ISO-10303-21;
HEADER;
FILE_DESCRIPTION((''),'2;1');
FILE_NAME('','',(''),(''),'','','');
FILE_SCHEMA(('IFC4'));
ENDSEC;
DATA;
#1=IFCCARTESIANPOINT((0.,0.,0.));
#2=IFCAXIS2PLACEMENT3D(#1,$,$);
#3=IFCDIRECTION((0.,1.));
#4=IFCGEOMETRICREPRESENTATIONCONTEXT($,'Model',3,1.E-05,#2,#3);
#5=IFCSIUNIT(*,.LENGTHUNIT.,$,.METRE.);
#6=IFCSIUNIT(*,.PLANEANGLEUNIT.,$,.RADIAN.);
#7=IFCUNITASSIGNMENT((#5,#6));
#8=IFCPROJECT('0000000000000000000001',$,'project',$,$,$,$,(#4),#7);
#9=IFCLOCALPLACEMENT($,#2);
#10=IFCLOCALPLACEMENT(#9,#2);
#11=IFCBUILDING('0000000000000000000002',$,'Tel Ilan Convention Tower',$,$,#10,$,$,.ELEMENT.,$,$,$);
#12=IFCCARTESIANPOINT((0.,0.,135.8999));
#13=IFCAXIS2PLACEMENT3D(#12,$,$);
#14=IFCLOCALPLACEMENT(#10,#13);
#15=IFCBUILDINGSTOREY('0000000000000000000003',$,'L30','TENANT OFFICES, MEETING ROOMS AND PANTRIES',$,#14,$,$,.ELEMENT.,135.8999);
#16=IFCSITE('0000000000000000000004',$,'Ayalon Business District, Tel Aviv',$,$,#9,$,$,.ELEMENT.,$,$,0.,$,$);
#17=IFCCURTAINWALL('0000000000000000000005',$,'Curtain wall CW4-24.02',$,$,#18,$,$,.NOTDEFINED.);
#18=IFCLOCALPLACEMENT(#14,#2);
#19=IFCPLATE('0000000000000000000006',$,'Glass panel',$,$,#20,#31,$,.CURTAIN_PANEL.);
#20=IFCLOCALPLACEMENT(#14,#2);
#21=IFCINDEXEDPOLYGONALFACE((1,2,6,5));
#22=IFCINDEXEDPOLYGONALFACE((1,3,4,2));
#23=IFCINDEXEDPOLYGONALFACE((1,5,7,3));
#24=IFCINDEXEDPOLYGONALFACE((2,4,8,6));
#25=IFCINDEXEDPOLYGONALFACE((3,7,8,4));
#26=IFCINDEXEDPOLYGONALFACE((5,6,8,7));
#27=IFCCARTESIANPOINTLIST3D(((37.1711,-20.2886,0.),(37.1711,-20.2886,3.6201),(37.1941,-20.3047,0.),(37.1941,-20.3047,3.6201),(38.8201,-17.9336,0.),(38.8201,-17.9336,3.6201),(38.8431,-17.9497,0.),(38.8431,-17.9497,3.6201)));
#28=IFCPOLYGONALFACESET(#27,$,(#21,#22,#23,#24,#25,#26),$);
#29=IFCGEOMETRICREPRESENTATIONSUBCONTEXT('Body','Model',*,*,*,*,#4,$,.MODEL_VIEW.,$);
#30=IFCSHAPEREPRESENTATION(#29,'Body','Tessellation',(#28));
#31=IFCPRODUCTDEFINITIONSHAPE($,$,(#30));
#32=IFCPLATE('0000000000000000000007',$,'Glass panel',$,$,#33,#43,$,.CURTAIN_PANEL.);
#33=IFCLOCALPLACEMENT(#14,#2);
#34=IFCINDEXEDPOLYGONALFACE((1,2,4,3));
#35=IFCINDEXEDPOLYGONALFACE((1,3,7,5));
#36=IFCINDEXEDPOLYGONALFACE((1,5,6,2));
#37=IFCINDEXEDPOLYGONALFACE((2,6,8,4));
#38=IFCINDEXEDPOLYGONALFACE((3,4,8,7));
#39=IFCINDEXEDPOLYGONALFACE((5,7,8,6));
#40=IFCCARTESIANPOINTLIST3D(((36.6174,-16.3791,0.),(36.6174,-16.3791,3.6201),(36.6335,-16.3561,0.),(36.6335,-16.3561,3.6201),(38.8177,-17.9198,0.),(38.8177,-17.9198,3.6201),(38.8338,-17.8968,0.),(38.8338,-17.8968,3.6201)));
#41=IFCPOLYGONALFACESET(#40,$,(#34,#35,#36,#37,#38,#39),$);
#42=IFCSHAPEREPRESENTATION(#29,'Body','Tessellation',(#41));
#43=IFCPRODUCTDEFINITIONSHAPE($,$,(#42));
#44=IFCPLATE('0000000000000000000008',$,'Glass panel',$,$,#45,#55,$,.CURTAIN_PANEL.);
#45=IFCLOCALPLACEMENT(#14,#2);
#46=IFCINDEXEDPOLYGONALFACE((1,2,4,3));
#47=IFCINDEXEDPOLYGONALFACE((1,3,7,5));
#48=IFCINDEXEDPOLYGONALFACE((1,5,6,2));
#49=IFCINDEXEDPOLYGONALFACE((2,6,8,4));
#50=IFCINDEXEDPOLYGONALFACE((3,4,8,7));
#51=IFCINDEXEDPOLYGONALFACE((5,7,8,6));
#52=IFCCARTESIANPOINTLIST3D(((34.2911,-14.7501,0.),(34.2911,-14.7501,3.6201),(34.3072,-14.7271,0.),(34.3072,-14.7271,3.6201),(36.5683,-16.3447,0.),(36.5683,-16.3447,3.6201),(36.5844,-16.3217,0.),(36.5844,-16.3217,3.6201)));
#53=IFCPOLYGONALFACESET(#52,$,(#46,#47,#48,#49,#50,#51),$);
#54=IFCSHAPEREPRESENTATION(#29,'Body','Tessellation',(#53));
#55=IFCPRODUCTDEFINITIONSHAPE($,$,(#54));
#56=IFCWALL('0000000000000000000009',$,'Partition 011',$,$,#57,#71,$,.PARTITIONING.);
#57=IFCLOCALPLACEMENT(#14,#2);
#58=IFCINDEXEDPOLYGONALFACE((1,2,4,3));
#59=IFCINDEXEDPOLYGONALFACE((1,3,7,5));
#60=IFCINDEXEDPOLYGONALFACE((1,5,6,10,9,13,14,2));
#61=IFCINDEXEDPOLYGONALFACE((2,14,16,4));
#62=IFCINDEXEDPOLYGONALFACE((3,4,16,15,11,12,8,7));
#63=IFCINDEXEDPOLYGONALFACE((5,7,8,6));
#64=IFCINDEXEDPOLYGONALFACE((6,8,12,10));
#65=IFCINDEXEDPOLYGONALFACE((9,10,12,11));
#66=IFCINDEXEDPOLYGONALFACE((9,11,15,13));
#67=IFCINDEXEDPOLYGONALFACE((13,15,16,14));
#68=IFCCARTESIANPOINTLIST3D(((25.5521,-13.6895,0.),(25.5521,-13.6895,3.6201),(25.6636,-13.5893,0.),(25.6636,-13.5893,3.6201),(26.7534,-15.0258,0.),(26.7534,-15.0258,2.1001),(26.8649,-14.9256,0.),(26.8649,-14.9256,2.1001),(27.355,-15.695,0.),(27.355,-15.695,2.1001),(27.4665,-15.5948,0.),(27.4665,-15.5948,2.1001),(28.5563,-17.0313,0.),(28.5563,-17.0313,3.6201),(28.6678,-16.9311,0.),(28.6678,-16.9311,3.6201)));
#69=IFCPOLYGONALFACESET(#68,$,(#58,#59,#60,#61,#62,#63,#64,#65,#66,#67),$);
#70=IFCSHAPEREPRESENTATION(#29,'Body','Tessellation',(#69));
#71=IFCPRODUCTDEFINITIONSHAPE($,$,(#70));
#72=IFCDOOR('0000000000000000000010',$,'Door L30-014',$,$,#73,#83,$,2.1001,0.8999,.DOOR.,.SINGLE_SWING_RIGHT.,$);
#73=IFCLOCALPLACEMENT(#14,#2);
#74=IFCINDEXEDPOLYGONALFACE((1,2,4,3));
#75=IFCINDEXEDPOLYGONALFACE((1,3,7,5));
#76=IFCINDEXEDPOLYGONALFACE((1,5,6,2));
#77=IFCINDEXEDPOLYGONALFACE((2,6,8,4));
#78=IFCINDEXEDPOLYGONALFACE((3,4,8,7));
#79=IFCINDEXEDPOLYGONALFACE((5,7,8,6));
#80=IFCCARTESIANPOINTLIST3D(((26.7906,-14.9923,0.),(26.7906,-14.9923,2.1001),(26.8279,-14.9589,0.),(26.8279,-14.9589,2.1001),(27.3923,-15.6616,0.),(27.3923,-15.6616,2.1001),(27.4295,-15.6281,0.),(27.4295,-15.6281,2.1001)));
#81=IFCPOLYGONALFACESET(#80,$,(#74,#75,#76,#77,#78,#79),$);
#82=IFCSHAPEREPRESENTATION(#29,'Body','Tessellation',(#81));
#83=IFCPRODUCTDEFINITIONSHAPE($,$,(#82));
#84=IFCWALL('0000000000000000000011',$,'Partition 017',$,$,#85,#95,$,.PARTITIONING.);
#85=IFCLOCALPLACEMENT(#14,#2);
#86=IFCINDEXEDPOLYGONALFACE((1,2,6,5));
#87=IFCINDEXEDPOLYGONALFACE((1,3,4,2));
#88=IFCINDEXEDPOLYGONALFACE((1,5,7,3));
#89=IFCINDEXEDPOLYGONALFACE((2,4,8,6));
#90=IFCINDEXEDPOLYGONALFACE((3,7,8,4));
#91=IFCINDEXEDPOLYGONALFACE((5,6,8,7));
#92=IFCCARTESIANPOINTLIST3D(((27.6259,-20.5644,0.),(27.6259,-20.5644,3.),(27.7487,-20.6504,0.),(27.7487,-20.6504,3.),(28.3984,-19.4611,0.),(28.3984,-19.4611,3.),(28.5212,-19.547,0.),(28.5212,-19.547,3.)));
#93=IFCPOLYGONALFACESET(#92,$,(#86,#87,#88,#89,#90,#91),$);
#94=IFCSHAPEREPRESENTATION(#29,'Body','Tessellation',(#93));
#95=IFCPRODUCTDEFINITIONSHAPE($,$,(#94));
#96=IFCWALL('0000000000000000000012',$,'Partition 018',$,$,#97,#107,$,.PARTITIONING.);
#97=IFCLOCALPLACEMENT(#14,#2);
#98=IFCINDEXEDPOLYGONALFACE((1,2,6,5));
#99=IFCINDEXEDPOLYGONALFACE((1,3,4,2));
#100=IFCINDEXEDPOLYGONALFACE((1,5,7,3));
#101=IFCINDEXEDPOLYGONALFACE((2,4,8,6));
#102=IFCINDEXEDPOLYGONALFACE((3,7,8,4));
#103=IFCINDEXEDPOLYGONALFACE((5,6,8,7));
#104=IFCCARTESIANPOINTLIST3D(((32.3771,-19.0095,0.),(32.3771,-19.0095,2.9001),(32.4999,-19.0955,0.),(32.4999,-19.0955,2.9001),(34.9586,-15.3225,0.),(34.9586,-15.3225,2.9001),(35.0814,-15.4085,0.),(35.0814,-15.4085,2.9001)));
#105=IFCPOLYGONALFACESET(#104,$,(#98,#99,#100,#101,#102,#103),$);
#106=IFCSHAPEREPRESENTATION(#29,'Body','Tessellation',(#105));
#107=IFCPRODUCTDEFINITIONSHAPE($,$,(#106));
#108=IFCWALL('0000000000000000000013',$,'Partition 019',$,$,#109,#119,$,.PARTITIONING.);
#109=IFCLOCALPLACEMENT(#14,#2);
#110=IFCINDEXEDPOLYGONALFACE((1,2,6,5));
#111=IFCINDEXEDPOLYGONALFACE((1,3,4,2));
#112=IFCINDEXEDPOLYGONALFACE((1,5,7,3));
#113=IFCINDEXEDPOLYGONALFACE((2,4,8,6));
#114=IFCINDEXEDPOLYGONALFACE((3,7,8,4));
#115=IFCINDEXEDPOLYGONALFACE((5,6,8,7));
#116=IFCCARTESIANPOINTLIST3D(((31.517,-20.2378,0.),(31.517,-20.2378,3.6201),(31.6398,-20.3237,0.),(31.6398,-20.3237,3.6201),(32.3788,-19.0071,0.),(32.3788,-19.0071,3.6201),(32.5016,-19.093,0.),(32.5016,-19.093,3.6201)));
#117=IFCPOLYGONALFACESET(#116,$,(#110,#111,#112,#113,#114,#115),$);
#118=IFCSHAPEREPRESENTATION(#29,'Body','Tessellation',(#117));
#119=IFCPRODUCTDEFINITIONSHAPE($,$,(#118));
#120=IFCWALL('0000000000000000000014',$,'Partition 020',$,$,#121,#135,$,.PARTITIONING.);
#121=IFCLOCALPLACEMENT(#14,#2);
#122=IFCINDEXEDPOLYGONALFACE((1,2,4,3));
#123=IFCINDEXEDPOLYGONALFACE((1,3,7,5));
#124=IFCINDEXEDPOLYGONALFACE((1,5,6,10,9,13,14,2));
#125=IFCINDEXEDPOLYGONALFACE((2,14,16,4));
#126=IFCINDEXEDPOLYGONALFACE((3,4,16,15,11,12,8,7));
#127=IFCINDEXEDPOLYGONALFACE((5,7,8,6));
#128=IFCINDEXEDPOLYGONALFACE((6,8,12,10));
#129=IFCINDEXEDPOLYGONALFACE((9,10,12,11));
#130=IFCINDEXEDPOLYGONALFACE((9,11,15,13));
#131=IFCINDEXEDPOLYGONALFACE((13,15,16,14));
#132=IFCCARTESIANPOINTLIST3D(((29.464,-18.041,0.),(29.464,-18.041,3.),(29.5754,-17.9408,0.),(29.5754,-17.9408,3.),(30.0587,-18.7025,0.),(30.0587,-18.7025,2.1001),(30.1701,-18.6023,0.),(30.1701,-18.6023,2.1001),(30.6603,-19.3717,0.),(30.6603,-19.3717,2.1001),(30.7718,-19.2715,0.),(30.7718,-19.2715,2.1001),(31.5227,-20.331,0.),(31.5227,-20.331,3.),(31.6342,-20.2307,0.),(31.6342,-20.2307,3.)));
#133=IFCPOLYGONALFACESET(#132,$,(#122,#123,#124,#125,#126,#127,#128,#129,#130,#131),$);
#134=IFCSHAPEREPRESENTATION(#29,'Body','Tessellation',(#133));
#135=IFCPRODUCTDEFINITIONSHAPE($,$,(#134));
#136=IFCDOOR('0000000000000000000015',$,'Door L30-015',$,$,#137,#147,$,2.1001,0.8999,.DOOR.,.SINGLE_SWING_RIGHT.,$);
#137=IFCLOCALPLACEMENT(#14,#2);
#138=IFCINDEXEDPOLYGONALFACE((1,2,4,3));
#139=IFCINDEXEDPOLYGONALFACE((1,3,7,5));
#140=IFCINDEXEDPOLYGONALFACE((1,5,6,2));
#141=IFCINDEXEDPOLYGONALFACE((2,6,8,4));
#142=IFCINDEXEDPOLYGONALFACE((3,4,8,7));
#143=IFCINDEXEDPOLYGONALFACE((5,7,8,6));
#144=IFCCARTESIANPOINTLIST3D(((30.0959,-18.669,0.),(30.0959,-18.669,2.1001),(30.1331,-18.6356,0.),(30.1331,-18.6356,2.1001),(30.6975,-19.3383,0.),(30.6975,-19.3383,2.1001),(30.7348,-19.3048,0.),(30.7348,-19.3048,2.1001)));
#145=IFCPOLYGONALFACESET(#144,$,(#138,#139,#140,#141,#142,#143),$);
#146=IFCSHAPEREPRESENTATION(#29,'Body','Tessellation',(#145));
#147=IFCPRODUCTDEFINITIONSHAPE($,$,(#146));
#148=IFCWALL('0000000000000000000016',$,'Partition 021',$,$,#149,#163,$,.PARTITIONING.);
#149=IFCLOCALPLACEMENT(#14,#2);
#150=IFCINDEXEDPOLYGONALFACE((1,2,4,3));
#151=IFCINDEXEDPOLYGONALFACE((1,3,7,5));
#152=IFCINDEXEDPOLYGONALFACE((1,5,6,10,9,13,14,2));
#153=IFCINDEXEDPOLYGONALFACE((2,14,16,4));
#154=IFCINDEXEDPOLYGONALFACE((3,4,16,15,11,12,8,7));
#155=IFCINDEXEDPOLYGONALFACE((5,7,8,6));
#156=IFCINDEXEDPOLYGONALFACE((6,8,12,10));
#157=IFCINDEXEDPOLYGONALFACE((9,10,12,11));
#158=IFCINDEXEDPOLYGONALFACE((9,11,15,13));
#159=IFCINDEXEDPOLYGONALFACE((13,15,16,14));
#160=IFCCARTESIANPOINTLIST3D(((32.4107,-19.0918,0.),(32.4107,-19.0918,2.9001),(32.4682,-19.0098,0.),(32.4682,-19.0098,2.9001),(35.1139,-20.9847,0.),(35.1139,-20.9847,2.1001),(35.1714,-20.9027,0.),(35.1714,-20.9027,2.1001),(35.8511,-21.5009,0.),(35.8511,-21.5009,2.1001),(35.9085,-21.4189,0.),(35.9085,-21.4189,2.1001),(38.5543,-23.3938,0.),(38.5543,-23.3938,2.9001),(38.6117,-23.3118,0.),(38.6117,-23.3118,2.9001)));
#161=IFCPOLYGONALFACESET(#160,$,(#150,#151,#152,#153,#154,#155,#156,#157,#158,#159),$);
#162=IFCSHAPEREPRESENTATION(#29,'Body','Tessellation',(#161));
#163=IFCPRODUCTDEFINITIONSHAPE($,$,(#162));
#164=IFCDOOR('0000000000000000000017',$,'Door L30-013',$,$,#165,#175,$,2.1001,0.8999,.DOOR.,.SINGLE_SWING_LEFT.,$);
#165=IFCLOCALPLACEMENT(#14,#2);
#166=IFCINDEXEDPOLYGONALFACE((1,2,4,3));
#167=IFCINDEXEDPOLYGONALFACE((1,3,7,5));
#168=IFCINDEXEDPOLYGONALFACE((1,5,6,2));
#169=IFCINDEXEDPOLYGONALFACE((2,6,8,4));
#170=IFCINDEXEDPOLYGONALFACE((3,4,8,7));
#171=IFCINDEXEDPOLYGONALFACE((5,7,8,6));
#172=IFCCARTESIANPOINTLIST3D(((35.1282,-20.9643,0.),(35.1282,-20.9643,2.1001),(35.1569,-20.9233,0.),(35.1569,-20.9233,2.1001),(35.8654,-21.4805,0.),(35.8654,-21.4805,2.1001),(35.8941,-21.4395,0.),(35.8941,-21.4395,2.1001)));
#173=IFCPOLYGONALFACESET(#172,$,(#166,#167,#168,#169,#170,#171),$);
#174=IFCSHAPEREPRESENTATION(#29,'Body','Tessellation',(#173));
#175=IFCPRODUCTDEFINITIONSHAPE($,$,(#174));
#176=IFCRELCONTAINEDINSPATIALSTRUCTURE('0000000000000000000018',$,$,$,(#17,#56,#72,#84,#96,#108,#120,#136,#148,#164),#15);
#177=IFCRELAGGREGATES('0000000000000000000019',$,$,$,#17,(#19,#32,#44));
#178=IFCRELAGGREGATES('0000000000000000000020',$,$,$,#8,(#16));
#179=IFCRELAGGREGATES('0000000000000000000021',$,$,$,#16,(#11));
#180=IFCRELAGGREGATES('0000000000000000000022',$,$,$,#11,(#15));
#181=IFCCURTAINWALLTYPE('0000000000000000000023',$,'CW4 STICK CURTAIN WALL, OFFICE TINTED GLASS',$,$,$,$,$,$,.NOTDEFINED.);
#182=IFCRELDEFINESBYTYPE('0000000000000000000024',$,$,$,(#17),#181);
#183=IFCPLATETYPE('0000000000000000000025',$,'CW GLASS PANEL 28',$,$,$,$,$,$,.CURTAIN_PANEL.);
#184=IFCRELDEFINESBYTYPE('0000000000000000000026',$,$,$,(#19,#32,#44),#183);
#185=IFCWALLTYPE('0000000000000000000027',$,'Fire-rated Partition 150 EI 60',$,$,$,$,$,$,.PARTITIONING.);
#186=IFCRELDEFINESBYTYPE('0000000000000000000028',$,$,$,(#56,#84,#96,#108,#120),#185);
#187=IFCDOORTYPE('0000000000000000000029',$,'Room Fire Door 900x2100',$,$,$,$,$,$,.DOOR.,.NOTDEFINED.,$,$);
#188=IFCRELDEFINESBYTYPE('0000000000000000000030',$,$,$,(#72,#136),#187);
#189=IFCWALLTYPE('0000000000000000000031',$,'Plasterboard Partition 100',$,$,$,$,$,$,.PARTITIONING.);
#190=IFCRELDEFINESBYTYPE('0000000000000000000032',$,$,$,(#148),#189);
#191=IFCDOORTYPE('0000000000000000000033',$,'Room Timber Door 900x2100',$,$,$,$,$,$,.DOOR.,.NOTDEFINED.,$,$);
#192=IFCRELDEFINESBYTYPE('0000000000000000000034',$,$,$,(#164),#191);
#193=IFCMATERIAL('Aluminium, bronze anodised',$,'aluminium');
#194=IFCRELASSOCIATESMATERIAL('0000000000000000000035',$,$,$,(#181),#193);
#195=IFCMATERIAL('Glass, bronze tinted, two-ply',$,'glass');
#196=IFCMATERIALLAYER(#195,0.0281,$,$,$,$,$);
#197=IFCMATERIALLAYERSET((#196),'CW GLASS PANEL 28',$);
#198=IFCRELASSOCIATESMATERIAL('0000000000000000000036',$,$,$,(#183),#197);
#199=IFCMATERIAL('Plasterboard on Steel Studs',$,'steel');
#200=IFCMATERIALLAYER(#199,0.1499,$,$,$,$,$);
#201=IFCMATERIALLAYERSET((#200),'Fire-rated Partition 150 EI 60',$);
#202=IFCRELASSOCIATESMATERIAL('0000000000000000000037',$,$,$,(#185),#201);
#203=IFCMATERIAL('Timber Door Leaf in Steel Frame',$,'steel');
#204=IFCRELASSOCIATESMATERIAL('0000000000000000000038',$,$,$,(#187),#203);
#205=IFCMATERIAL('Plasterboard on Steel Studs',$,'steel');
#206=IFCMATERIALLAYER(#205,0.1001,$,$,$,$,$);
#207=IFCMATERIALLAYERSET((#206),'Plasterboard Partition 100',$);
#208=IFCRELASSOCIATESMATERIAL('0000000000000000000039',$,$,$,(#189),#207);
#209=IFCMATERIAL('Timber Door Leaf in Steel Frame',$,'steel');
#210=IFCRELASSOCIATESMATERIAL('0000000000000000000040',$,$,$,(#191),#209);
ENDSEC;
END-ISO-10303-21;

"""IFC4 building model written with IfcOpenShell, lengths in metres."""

from ifc_helpers import new_model, si_unit, direction, frame, frame_2d, origin, origin_2d, place, context, subcontext, project, spatial, rectangle, extrude, material, layer, layer_set, type_object, element, fill, aggregate, save


model = new_model("IFC4")

# Units and contexts
model_context = context("Model", 3, precision=1e-05, world=origin(), true_north=direction((0.0, 1.0)))
body_context = subcontext(model_context, "Body", "Model", "MODEL_VIEW")
ifc_project = project(units=[si_unit("LENGTHUNIT", "METRE"), si_unit("PLANEANGLEUNIT", "RADIAN")], contexts=[model_context])

# Site, building, storey
site_placement = place(None, origin())
site = spatial("IfcSite", under=ifc_project, at=site_placement, Name="Ayalon Business District, Tel Aviv", CompositionType="ELEMENT", RefElevation=0.0)
building_placement = place(site_placement, origin())
building = spatial("IfcBuilding", under=site, at=building_placement, Name="Tel Ilan Convention Tower", CompositionType="ELEMENT")
storey_placement = place(building_placement, frame((0.0, 0.0, 135.8999)))
storey = spatial("IfcBuildingStorey", under=building, at=storey_placement, Name="L30", Description="TENANT OFFICES, MEETING ROOMS AND PANTRIES", CompositionType="ELEMENT", Elevation=135.8999)

# Curtain wall, plates
ifc_material_1 = material(Name="Aluminium, bronze anodised", Category="aluminium")
curtain_wall_type = type_object("IfcCurtainWallType", Name="CW4 STICK CURTAIN WALL, OFFICE TINTED GLASS", PredefinedType="NOTDEFINED", material=ifc_material_1)
curtain_wall_placement = place(storey_placement, origin())
curtain_wall = element("IfcCurtainWall", 1, at=curtain_wall_placement, inside=storey, type_object=curtain_wall_type, Name="Curtain wall CW4-24.02", PredefinedType="NOTDEFINED")
ifc_material_2 = material(Name="Glass, bronze tinted, two-ply", Category="glass")
ifc_layer_1 = layer(ifc_material_2, 0.0281)
ifc_layer_set_1 = layer_set([ifc_layer_1], Name="CW GLASS PANEL 28")
plate_type = type_object("IfcPlateType", Name="CW GLASS PANEL 28", PredefinedType="CURTAIN_PANEL", material=ifc_layer_set_1)
plate_1_placement = place(storey_placement, frame((38.0071, -19.1191, 0.0), z_axis=(0.0, 0.0, 1.0), x_axis=(0.573576, 0.819152, 0.0)))
plate_1 = element("IfcPlate", 2, at=plate_1_placement, type_object=plate_type, Name="Glass panel", PredefinedType="CURTAIN_PANEL", context=body_context, shape_type="SweptSolid", body=[
    extrude(rectangle(XDim=2.875, YDim=0.0281, at=origin_2d()), origin(), (0.0, 0.0, 1.0), 3.6201),
])
plate_2_placement = place(storey_placement, frame((37.7256, -17.1379, 0.0), z_axis=(0.0, 0.0, 1.0), x_axis=(-0.819152, 0.573576, 0.0)))
plate_2 = element("IfcPlate", 3, at=plate_2_placement, type_object=plate_type, Name="Glass panel", PredefinedType="CURTAIN_PANEL", context=body_context, shape_type="SweptSolid", body=[
    extrude(rectangle(XDim=2.686, YDim=0.0281, at=origin_2d()), origin(), (0.0, 0.0, 1.0), 3.6201),
])
plate_3_placement = place(storey_placement, frame((35.4377, -15.5359, 0.0), z_axis=(0.0, 0.0, 1.0), x_axis=(-0.819152, 0.573576, 0.0)))
plate_3 = element("IfcPlate", 4, at=plate_3_placement, type_object=plate_type, Name="Glass panel", PredefinedType="CURTAIN_PANEL", context=body_context, shape_type="SweptSolid", body=[
    extrude(rectangle(XDim=2.78, YDim=0.0281, at=origin_2d()), origin(), (0.0, 0.0, 1.0), 3.6201),
])
aggregate(curtain_wall, [plate_1, plate_2, plate_3])

# Wall, opening, door
ifc_material_3 = material(Name="Plasterboard on Steel Studs", Category="steel")
ifc_layer_2 = layer(ifc_material_3, 0.1499)
ifc_layer_set_2 = layer_set([ifc_layer_2], Name="Fire-rated Partition 150 EI 60")
wall_type_1 = type_object("IfcWallType", Name="Fire-rated Partition 150 EI 60", PredefinedType="PARTITIONING", material=ifc_layer_set_2)
wall_1_placement = place(storey_placement, frame((28.6121, -16.9812, 0.0), z_axis=(0.0, 0.0, 1.0), x_axis=(-0.668538, 0.743678, 0.0)))
wall_1 = element("IfcWall", 5, at=wall_1_placement, inside=storey, type_object=wall_type_1, Name="Partition 011", PredefinedType="PARTITIONING", context=body_context, shape_type="SweptSolid", body=[
    extrude(rectangle(XDim=4.4937, YDim=0.1499, at=frame_2d((2.2468, 0.0))), origin(), (0.0, 0.0, 1.0), 3.6201),
])
opening_1_placement = place(wall_1_placement, frame((1.7969, 0.0, 0.0)))
opening_1 = element("IfcOpeningElement", 6, at=opening_1_placement, cuts=wall_1, PredefinedType="OPENING", context=body_context, shape_type="SweptSolid", body=[
    extrude(rectangle(XDim=0.8999, YDim=2.1001, at=frame_2d((0.45, 1.05))), frame((0.0, 0.085, 0.0), z_axis=(0.0, -1.0, 0.0), x_axis=(1.0, 0.0, 0.0)), (0.0, 0.0, 1.0), 0.1699),
])
ifc_material_4 = material(Name="Timber Door Leaf in Steel Frame", Category="steel")
door_type_1 = type_object("IfcDoorType", Name="Room Fire Door 900x2100", OperationType="NOTDEFINED", PredefinedType="DOOR", material=ifc_material_4)
door_1_placement = place(opening_1_placement, origin())
door_1 = element("IfcDoor", 7, at=door_1_placement, inside=storey, type_object=door_type_1, Name="Door L30-014", OperationType="SINGLE_SWING_RIGHT", OverallHeight=2.1001, OverallWidth=0.8999, PredefinedType="DOOR", context=body_context, shape_type="SweptSolid", body=[
    extrude(rectangle(XDim=0.8999, YDim=2.1001, at=frame_2d((0.45, 1.05))), frame((0.0, 0.0249, 0.0), z_axis=(0.0, -1.0, 0.0), x_axis=(1.0, 0.0, 0.0)), (0.0, 0.0, 1.0), 0.05),
])
fill(opening_1, door_1)

# Walls
wall_2_placement = place(storey_placement, frame((28.4597, -19.5042, 0.0), z_axis=(0.0, 0.0, 1.0), x_axis=(-0.573548, -0.819172, 0.0)))
element("IfcWall", 8, at=wall_2_placement, inside=storey, type_object=wall_type_1, Name="Partition 017", PredefinedType="PARTITIONING", context=body_context, shape_type="SweptSolid", body=[
    extrude(rectangle(XDim=1.3469, YDim=0.1499, at=frame_2d((0.6733, 0.0))), origin(), (0.0, 0.0, 1.0), 3.0),
])
wall_3_placement = place(storey_placement, frame((35.02, -15.3655, 0.0), z_axis=(0.0, 0.0, 1.0), x_axis=(-0.573557, -0.819166, 0.0)))
element("IfcWall", 9, at=wall_3_placement, inside=storey, type_object=wall_type_1, Name="Partition 018", PredefinedType="PARTITIONING", context=body_context, shape_type="SweptSolid", body=[
    extrude(rectangle(XDim=4.501, YDim=0.1499, at=frame_2d((2.2505, 0.0))), origin(), (0.0, 0.0, 1.0), 2.9001),
])
wall_4_placement = place(storey_placement, frame((32.4402, -19.05, 0.0), z_axis=(0.0, 0.0, 1.0), x_axis=(-0.573604, -0.819133, 0.0)))
element("IfcWall", 10, at=wall_4_placement, inside=storey, type_object=wall_type_1, Name="Partition 019", PredefinedType="PARTITIONING", context=body_context, shape_type="SweptSolid", body=[
    extrude(rectangle(XDim=1.5024, YDim=0.1499, at=frame_2d((0.7512, 0.0))), origin(), (0.0, 0.0, 1.0), 3.6201),
])

# Walls, openings, doors
wall_5_placement = place(storey_placement, frame((31.5784, -20.2808, 0.0), z_axis=(0.0, 0.0, 1.0), x_axis=(-0.66857, 0.743649, 0.0)))
wall_5 = element("IfcWall", 11, at=wall_5_placement, inside=storey, type_object=wall_type_1, Name="Partition 020", PredefinedType="PARTITIONING", context=body_context, shape_type="SweptSolid", body=[
    extrude(rectangle(XDim=3.0793, YDim=0.1499, at=frame_2d((1.5396, 0.0))), origin(), (0.0, 0.0, 1.0), 3.0),
])
opening_2_placement = place(wall_5_placement, frame((1.2898, 0.0, 0.0)))
opening_2 = element("IfcOpeningElement", 12, at=opening_2_placement, cuts=wall_5, PredefinedType="OPENING", context=body_context, shape_type="SweptSolid", body=[
    extrude(rectangle(XDim=0.8999, YDim=2.1001, at=frame_2d((0.45, 1.05))), frame((0.0, 0.085, 0.0), z_axis=(0.0, -1.0, 0.0), x_axis=(1.0, 0.0, 0.0)), (0.0, 0.0, 1.0), 0.1699),
])
door_2_placement = place(opening_2_placement, origin())
door_2 = element("IfcDoor", 13, at=door_2_placement, inside=storey, type_object=door_type_1, Name="Door L30-015", OperationType="SINGLE_SWING_RIGHT", OverallHeight=2.1001, OverallWidth=0.8999, PredefinedType="DOOR", context=body_context, shape_type="SweptSolid", body=[
    extrude(rectangle(XDim=0.8999, YDim=2.1001, at=frame_2d((0.45, 1.05))), frame((0.0, 0.0249, 0.0), z_axis=(0.0, -1.0, 0.0), x_axis=(1.0, 0.0, 0.0)), (0.0, 0.0, 1.0), 0.05),
])
fill(opening_2, door_2)
ifc_material_5 = material(Name="Plasterboard on Steel Studs", Category="steel")
ifc_layer_3 = layer(ifc_material_5, 0.1001)
ifc_layer_set_3 = layer_set([ifc_layer_3], Name="Plasterboard Partition 100")
wall_type_2 = type_object("IfcWallType", Name="Plasterboard Partition 100", PredefinedType="PARTITIONING", material=ifc_layer_set_3)
wall_6_placement = place(storey_placement, frame((32.4395, -19.0508, 0.0), z_axis=(0.0, 0.0, 1.0), x_axis=(0.819137, -0.573598, 0.0)))
wall_6 = element("IfcWall", 14, at=wall_6_placement, inside=storey, type_object=wall_type_2, Name="Partition 021", PredefinedType="PARTITIONING", context=body_context, shape_type="SweptSolid", body=[
    extrude(rectangle(XDim=7.5, YDim=0.1001, at=frame_2d((3.75, 0.0))), origin(), (0.0, 0.0, 1.0), 2.9001),
])
opening_3_placement = place(wall_6_placement, frame((3.3, 0.0, 0.0)))
opening_3 = element("IfcOpeningElement", 15, at=opening_3_placement, cuts=wall_6, PredefinedType="OPENING", context=body_context, shape_type="SweptSolid", body=[
    extrude(rectangle(XDim=0.8999, YDim=2.1001, at=frame_2d((0.45, 1.05))), frame((0.0, 0.0601, 0.0), z_axis=(0.0, -1.0, 0.0), x_axis=(1.0, 0.0, 0.0)), (0.0, 0.0, 1.0), 0.1201),
])
ifc_material_6 = material(Name="Timber Door Leaf in Steel Frame", Category="steel")
door_type_2 = type_object("IfcDoorType", Name="Room Timber Door 900x2100", OperationType="NOTDEFINED", PredefinedType="DOOR", material=ifc_material_6)
door_3_placement = place(opening_3_placement, origin())
door_3 = element("IfcDoor", 16, at=door_3_placement, inside=storey, type_object=door_type_2, Name="Door L30-013", OperationType="SINGLE_SWING_LEFT", OverallHeight=2.1001, OverallWidth=0.8999, PredefinedType="DOOR", context=body_context, shape_type="SweptSolid", body=[
    extrude(rectangle(XDim=0.8999, YDim=2.1001, at=frame_2d((0.45, 1.05))), frame((0.0, 0.0249, 0.0), z_axis=(0.0, -1.0, 0.0), x_axis=(1.0, 0.0, 0.0)), (0.0, 0.0, 1.0), 0.05),
])
fill(opening_3, door_3)

save(model, "model.ifc")
